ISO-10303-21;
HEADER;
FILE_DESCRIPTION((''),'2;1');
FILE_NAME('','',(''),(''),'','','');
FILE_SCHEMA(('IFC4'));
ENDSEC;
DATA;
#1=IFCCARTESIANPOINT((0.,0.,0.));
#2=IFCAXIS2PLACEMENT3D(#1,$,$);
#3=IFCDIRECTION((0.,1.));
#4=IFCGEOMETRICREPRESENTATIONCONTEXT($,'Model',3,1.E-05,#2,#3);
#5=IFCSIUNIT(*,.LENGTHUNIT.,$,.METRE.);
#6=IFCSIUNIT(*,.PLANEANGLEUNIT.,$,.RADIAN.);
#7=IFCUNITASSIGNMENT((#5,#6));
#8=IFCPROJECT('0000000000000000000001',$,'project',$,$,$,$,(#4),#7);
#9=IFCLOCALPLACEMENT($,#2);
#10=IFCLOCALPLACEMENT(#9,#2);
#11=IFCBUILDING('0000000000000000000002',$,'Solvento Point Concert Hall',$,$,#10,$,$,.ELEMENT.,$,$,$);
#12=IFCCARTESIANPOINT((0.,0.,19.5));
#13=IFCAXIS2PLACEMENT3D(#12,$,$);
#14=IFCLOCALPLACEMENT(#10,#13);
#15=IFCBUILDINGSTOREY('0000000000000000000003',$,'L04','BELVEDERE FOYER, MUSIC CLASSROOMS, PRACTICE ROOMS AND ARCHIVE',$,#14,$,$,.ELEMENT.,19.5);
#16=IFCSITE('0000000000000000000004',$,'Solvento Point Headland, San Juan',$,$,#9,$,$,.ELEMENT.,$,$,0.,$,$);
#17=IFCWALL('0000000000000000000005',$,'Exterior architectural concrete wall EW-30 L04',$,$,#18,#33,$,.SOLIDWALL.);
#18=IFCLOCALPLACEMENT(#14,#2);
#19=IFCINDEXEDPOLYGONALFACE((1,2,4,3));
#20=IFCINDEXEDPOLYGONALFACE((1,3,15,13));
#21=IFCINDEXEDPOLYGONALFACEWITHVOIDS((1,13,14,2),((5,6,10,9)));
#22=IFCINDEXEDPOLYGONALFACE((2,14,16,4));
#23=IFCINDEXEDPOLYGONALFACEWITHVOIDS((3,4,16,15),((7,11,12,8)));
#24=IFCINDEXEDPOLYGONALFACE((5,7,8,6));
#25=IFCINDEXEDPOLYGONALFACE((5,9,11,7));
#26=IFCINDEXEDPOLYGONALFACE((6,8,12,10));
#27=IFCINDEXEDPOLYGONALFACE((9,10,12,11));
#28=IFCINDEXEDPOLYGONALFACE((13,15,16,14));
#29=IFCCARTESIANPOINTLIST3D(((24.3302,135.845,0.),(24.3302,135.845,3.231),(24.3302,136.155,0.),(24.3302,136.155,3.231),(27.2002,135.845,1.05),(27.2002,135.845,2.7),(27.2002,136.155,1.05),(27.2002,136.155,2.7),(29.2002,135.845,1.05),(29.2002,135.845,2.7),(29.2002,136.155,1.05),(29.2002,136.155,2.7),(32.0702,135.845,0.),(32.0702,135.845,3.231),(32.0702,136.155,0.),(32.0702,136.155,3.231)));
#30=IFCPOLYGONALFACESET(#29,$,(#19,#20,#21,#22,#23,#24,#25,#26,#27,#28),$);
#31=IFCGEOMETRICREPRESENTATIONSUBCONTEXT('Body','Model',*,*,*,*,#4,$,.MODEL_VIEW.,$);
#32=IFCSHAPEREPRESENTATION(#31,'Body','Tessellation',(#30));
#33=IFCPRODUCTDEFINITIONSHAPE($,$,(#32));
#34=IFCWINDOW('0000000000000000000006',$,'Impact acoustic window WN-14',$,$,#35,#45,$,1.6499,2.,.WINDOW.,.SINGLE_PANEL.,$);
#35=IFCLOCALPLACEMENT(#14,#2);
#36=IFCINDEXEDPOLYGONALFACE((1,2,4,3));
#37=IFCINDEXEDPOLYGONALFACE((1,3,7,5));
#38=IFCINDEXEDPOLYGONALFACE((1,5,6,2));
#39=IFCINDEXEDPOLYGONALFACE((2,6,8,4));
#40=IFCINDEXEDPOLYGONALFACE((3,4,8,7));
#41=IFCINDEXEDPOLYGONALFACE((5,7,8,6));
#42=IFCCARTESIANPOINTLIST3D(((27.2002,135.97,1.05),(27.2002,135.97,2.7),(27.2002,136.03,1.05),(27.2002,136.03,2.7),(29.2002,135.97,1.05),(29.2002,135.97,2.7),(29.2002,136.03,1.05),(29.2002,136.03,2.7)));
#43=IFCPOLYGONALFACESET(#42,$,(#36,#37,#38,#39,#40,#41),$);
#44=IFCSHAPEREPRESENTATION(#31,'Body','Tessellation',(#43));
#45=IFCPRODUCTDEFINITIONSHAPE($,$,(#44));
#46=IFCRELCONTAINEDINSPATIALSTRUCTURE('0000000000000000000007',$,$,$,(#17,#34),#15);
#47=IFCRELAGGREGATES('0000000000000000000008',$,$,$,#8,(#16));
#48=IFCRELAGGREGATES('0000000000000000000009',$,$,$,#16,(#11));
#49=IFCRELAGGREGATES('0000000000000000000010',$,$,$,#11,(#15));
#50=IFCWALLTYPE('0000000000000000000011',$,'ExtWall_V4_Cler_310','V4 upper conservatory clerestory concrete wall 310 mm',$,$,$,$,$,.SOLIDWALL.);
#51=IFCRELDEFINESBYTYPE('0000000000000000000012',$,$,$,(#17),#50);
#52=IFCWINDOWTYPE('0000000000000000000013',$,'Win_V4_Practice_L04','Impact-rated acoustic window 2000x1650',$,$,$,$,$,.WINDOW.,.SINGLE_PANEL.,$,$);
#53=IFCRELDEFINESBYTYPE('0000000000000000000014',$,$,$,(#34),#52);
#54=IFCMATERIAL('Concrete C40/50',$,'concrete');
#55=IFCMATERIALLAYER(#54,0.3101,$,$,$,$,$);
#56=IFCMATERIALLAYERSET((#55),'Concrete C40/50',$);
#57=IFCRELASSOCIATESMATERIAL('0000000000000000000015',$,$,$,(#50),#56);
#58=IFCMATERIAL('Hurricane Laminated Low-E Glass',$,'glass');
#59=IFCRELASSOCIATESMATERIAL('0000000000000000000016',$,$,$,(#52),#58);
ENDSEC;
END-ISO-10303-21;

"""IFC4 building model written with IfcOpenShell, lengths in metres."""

from ifc_helpers import new_model, si_unit, direction, frame, frame_2d, origin, place, context, subcontext, project, spatial, rectangle, extrude, material, layer, layer_set, type_object, element, fill, save


model = new_model("IFC4")

# Units and contexts
model_context = context("Model", 3, precision=1e-05, world=origin(), true_north=direction((0.0, 1.0)))
body_context = subcontext(model_context, "Body", "Model", "MODEL_VIEW")
ifc_project = project(units=[si_unit("LENGTHUNIT", "METRE"), si_unit("PLANEANGLEUNIT", "RADIAN")], contexts=[model_context])

# Site, building, storey
site_placement = place(None, origin())
site = spatial("IfcSite", under=ifc_project, at=site_placement, Name="Solvento Point Headland, San Juan", CompositionType="ELEMENT", RefElevation=0.0)
building_placement = place(site_placement, origin())
building = spatial("IfcBuilding", under=site, at=building_placement, Name="Solvento Point Concert Hall", CompositionType="ELEMENT")
storey_placement = place(building_placement, frame((0.0, 0.0, 19.5)))
storey = spatial("IfcBuildingStorey", under=building, at=storey_placement, Name="L04", Description="BELVEDERE FOYER, MUSIC CLASSROOMS, PRACTICE ROOMS AND ARCHIVE", CompositionType="ELEMENT", Elevation=19.5)

# Wall, opening, window
ifc_material_1 = material(Name="Concrete C40/50", Category="concrete")
ifc_layer_1 = layer(ifc_material_1, 0.3101)
ifc_layer_set_1 = layer_set([ifc_layer_1], Name="Concrete C40/50")
wall_type_1 = type_object("IfcWallType", Name="ExtWall_V4_Cler_310", Description="V4 upper conservatory clerestory concrete wall 310 mm", PredefinedType="SOLIDWALL", material=ifc_layer_set_1)
ifc_material_2 = material(Name="Hurricane Laminated Low-E Glass", Category="glass")
window_type = type_object("IfcWindowType", Name="Win_V4_Practice_L04", Description="Impact-rated acoustic window 2000x1650", PartitioningType="SINGLE_PANEL", PredefinedType="WINDOW", material=ifc_material_2)
wall_1_placement = place(storey_placement, frame((24.3301, 136.0, 0.0), z_axis=(0.0, 0.0, 1.0), x_axis=(1.0, 0.0, 0.0)))
wall_1 = element("IfcWall", 1, at=wall_1_placement, inside=storey, type_object=wall_type_1, Name="Exterior architectural concrete wall EW-30 L04", PredefinedType="SOLIDWALL", context=body_context, shape_type="SweptSolid", body=[
    extrude(rectangle(XDim=7.74, YDim=0.3101, at=frame_2d((3.8701, 0.0))), origin(), (0.0, 0.0, 1.0), 3.231),
])
opening_1_placement = place(wall_1_placement, frame((2.8701, 0.0, 1.05)))
opening_1 = element("IfcOpeningElement", 2, at=opening_1_placement, cuts=wall_1, PredefinedType="OPENING", context=body_context, shape_type="SweptSolid", body=[
    extrude(rectangle(XDim=2.0, YDim=1.6499, at=frame_2d((1.0, 0.825))), frame((0.0, 0.165, 0.0), z_axis=(0.0, -1.0, 0.0), x_axis=(1.0, 0.0, 0.0)), (0.0, 0.0, 1.0), 0.3301),
])
window_1_placement = place(opening_1_placement, origin())
window_1 = element("IfcWindow", 3, at=window_1_placement, inside=storey, type_object=window_type, Name="Impact acoustic window WN-14", OverallHeight=1.6499, OverallWidth=2.0, PartitioningType="SINGLE_PANEL", PredefinedType="WINDOW", context=body_context, shape_type="SweptSolid", body=[
    extrude(rectangle(XDim=2.0, YDim=1.6499, at=frame_2d((1.0, 0.825))), frame((0.0, 0.03, 0.0), z_axis=(0.0, -1.0, 0.0), x_axis=(1.0, 0.0, 0.0)), (0.0, 0.0, 1.0), 0.0601),
])
fill(opening_1, window_1)

save(model, "model.ifc")
